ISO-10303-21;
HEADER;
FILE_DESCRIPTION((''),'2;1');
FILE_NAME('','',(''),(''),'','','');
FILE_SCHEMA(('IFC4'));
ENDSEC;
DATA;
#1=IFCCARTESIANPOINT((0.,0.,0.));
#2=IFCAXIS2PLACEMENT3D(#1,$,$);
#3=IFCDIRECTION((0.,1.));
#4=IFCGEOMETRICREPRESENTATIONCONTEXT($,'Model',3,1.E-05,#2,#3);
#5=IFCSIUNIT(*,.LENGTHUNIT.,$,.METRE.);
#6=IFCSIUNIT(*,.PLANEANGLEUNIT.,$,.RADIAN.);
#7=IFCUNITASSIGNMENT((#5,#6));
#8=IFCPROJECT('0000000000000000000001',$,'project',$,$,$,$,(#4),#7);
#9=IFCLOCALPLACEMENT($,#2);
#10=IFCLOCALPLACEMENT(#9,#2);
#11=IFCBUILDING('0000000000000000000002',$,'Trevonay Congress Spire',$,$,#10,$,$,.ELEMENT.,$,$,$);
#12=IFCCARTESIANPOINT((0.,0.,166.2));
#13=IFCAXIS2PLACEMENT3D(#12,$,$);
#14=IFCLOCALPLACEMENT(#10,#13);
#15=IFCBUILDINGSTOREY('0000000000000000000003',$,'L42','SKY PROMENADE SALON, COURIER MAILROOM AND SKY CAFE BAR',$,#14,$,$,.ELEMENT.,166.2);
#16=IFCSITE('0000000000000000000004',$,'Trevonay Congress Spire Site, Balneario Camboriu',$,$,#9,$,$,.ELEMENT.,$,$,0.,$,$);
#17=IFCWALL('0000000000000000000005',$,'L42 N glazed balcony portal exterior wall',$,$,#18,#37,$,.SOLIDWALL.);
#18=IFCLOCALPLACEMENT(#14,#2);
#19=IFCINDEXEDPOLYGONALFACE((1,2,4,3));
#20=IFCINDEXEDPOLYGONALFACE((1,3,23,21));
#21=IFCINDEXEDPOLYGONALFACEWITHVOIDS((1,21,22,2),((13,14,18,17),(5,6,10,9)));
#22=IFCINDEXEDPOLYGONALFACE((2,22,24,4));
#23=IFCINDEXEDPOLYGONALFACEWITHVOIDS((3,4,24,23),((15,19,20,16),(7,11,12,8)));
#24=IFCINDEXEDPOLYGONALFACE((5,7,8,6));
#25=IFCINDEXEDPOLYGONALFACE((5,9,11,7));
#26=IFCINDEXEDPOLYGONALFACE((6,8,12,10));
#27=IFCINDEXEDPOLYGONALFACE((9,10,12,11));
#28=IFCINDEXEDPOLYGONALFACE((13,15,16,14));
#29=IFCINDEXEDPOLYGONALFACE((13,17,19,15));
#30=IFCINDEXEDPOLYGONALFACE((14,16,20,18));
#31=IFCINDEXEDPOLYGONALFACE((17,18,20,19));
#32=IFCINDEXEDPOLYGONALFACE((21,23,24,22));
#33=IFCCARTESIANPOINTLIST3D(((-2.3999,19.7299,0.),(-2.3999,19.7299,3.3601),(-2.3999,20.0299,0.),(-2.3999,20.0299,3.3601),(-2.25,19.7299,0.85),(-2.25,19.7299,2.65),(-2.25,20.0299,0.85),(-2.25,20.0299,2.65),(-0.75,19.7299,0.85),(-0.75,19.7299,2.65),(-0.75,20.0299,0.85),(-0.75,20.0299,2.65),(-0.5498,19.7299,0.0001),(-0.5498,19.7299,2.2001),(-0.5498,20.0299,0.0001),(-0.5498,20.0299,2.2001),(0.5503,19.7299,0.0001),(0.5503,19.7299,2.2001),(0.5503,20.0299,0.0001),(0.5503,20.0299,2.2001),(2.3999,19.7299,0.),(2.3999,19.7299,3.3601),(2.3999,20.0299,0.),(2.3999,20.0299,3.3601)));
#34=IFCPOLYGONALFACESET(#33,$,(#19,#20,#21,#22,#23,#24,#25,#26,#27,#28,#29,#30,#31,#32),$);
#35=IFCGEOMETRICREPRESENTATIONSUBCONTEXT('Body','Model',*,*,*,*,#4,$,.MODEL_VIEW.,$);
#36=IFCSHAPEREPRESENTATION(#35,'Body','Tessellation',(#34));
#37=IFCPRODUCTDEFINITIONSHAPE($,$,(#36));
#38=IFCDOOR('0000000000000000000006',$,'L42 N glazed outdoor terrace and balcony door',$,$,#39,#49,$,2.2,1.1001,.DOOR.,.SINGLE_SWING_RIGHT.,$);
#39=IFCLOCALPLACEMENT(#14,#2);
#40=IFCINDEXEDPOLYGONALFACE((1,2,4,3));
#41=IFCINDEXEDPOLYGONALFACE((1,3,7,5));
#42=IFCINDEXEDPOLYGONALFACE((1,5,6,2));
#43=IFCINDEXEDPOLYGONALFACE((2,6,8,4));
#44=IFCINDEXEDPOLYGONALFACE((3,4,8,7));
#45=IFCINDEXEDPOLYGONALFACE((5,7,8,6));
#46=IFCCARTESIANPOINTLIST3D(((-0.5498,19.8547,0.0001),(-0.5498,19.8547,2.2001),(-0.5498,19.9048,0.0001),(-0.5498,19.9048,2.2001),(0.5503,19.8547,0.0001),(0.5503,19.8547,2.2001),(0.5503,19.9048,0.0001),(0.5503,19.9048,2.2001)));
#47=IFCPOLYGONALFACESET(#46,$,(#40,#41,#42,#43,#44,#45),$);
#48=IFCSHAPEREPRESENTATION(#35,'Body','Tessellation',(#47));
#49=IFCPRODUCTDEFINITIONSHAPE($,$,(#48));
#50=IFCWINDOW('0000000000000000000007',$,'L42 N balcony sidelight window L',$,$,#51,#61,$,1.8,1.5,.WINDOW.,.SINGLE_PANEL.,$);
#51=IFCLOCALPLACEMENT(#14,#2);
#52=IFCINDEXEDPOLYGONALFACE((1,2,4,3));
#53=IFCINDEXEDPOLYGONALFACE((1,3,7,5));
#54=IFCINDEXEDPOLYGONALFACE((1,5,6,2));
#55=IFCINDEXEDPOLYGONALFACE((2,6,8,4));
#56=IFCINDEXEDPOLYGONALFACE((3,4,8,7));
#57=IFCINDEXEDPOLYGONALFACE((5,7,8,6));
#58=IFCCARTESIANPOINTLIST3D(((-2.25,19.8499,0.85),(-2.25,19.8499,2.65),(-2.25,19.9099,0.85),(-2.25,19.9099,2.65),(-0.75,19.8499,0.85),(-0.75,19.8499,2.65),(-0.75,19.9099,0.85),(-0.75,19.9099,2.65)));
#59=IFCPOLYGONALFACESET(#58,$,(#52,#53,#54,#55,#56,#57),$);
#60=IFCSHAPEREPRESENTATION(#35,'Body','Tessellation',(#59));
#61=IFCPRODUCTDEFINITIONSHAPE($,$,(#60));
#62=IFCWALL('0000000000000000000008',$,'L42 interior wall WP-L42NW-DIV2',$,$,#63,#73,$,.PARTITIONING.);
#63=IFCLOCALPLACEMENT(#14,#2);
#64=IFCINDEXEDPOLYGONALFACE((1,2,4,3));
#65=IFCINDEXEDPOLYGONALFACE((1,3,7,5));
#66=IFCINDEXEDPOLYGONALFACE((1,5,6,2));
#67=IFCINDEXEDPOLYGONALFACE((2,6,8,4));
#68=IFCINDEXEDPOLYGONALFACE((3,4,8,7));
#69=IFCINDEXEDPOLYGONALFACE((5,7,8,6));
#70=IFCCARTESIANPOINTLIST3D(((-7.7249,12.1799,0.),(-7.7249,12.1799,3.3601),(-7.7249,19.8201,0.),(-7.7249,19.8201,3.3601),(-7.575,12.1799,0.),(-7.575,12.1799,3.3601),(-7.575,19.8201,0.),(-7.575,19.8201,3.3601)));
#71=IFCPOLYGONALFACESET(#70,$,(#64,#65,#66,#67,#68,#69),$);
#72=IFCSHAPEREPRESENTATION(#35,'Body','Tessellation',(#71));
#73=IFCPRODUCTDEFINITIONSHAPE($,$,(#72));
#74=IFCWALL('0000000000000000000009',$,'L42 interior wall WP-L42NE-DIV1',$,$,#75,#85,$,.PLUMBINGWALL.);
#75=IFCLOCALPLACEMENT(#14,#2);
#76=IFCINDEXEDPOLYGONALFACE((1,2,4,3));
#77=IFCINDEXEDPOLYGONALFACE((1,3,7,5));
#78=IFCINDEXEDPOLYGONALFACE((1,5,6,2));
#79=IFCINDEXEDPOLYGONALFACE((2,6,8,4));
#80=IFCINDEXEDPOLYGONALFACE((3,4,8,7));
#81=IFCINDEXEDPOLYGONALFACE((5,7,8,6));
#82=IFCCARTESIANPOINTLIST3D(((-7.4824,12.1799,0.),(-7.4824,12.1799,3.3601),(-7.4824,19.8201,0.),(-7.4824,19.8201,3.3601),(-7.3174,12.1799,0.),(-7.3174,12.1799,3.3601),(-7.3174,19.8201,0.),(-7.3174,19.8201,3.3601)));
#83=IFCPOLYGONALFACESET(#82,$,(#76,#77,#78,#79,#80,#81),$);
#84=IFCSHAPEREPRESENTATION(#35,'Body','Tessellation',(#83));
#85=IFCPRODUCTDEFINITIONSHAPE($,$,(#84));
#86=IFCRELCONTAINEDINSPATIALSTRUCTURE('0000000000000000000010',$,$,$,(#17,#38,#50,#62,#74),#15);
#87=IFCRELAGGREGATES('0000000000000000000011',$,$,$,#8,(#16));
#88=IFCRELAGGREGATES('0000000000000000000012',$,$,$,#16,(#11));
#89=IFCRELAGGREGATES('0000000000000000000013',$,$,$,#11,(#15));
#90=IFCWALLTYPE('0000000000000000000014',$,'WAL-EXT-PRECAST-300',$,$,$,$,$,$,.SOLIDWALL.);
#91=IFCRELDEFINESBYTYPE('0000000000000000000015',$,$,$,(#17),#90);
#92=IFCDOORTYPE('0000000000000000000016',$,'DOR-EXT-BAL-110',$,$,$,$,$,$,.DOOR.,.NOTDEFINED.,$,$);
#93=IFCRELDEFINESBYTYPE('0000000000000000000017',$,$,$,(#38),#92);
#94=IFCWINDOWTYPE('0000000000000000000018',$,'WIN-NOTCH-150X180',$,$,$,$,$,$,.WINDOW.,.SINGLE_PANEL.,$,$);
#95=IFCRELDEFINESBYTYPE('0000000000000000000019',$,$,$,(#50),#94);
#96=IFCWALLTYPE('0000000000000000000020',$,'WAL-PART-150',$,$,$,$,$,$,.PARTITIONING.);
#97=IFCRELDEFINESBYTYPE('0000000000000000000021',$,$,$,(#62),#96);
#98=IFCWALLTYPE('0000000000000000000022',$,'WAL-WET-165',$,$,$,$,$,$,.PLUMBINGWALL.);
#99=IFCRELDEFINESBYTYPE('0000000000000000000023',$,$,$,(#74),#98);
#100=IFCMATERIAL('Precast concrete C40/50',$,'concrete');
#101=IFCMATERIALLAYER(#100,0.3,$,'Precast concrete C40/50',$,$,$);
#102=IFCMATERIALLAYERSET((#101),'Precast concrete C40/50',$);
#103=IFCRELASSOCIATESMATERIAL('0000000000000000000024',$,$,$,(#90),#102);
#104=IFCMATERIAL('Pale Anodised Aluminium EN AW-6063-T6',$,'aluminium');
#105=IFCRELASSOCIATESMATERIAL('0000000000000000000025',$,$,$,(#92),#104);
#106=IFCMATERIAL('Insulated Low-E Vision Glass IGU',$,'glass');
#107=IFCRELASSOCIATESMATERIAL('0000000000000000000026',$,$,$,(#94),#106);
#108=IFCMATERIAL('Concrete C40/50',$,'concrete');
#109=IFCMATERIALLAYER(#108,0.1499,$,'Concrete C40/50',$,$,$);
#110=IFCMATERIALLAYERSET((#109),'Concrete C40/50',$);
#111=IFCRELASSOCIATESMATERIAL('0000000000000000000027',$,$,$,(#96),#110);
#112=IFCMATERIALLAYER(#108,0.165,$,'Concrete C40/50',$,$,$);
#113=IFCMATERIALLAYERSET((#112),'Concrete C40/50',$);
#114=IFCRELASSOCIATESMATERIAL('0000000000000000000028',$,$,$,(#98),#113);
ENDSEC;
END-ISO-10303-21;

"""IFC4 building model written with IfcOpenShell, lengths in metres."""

from ifc_helpers import new_model, si_unit, direction, frame, frame_2d, origin, place, context, subcontext, project, spatial, rectangle, extrude, material, layer, layer_set, type_object, element, fill, save


model = new_model("IFC4")

# Units and contexts
model_context = context("Model", 3, precision=1e-05, world=origin(), true_north=direction((0.0, 1.0)))
body_context = subcontext(model_context, "Body", "Model", "MODEL_VIEW")
ifc_project = project(units=[si_unit("LENGTHUNIT", "METRE"), si_unit("PLANEANGLEUNIT", "RADIAN")], contexts=[model_context])

# Site, building, storey
site_placement = place(None, origin())
site = spatial("IfcSite", under=ifc_project, at=site_placement, Name="Trevonay Congress Spire Site, Balneario Camboriu", CompositionType="ELEMENT", RefElevation=0.0)
building_placement = place(site_placement, origin())
building = spatial("IfcBuilding", under=site, at=building_placement, Name="Trevonay Congress Spire", CompositionType="ELEMENT")
storey_placement = place(building_placement, frame((0.0, 0.0, 166.2)))
storey = spatial("IfcBuildingStorey", under=building, at=storey_placement, Name="L42", Description="SKY PROMENADE SALON, COURIER MAILROOM AND SKY CAFE BAR", CompositionType="ELEMENT", Elevation=166.2)

# Shared definitions
ifc_material_1 = material(Name="Pale Anodised Aluminium EN AW-6063-T6", Category="aluminium")
ifc_material_2 = material(Name="Insulated Low-E Vision Glass IGU", Category="glass")

# Shared definitions
ifc_material_3 = material(Name="Concrete C40/50", Category="concrete")

# Wall, openings, door, window
ifc_material_4 = material(Name="Precast concrete C40/50", Category="concrete")
ifc_layer_1 = layer(ifc_material_4, 0.3, Name="Precast concrete C40/50")
ifc_layer_set_1 = layer_set([ifc_layer_1], Name="Precast concrete C40/50")
wall_type_1 = type_object("IfcWallType", Name="WAL-EXT-PRECAST-300", PredefinedType="SOLIDWALL", material=ifc_layer_set_1)
wall_1_placement = place(storey_placement, frame((-2.3999, 19.8799, 0.0), z_axis=(0.0, 0.0, 1.0), x_axis=(1.0, 0.0, 0.0)))
wall_1 = element("IfcWall", 1, at=wall_1_placement, inside=storey, type_object=wall_type_1, Name="L42 N glazed balcony portal exterior wall", PredefinedType="SOLIDWALL", context=body_context, shape_type="SweptSolid", body=[
    extrude(rectangle(XDim=4.7998, YDim=0.3, at=frame_2d((2.3999, 0.0))), origin(), (0.0, 0.0, 1.0), 3.3601),
])
opening_1_placement = place(wall_1_placement, frame((1.8501, 0.0, 0.0)))
opening_1 = element("IfcOpeningElement", 2, at=opening_1_placement, cuts=wall_1, PredefinedType="OPENING", context=body_context, shape_type="SweptSolid", body=[
    extrude(rectangle(XDim=1.1001, YDim=2.2, at=frame_2d((0.55, 1.1001))), frame((0.0, 0.1602, 0.0), z_axis=(0.0, -1.0, 0.0), x_axis=(1.0, 0.0, 0.0)), (0.0, 0.0, 1.0), 0.3201),
])
opening_2_placement = place(wall_1_placement, frame((0.1499, 0.0, 0.8501)))
opening_2 = element("IfcOpeningElement", 3, at=opening_2_placement, cuts=wall_1, PredefinedType="OPENING", context=body_context, shape_type="SweptSolid", body=[
    extrude(rectangle(XDim=1.5, YDim=1.8, at=frame_2d((0.75, 0.8999))), frame((0.0, 0.1602, 0.0), z_axis=(0.0, -1.0, 0.0), x_axis=(1.0, 0.0, 0.0)), (0.0, 0.0, 1.0), 0.3201),
])
door_type_1 = type_object("IfcDoorType", Name="DOR-EXT-BAL-110", OperationType="NOTDEFINED", PredefinedType="DOOR", material=ifc_material_1)
door_1_placement = place(opening_1_placement, origin())
door_1 = element("IfcDoor", 4, at=door_1_placement, inside=storey, type_object=door_type_1, Name="L42 N glazed outdoor terrace and balcony door", OperationType="SINGLE_SWING_RIGHT", OverallHeight=2.2, OverallWidth=1.1001, PredefinedType="DOOR", context=body_context, shape_type="SweptSolid", body=[
    extrude(rectangle(XDim=1.1001, YDim=2.2, at=frame_2d((0.55, 1.1001))), frame((0.0, 0.0249, 0.0), z_axis=(0.0, -1.0, 0.0), x_axis=(1.0, 0.0, 0.0)), (0.0, 0.0, 1.0), 0.05),
])
fill(opening_1, door_1)
window_type = type_object("IfcWindowType", Name="WIN-NOTCH-150X180", PartitioningType="SINGLE_PANEL", PredefinedType="WINDOW", material=ifc_material_2)
window_placement = place(opening_2_placement, origin())
window = element("IfcWindow", 5, at=window_placement, inside=storey, type_object=window_type, Name="L42 N balcony sidelight window L", OverallHeight=1.8, OverallWidth=1.5, PartitioningType="SINGLE_PANEL", PredefinedType="WINDOW", context=body_context, shape_type="SweptSolid", body=[
    extrude(rectangle(XDim=1.5, YDim=1.8, at=frame_2d((0.75, 0.8999))), frame((0.0, 0.03, 0.0), z_axis=(0.0, -1.0, 0.0), x_axis=(1.0, 0.0, 0.0)), (0.0, 0.0, 1.0), 0.0601),
])
fill(opening_2, window)

# Walls
ifc_layer_2 = layer(ifc_material_3, 0.1499, Name="Concrete C40/50")
ifc_layer_set_2 = layer_set([ifc_layer_2], Name="Concrete C40/50")
wall_type_2 = type_object("IfcWallType", Name="WAL-PART-150", PredefinedType="PARTITIONING", material=ifc_layer_set_2)
wall_2_placement = place(storey_placement, frame((-7.6499, 12.1799, 0.0), z_axis=(0.0, 0.0, 1.0), x_axis=(0.0, 1.0, 0.0)))
element("IfcWall", 6, at=wall_2_placement, inside=storey, type_object=wall_type_2, Name="L42 interior wall WP-L42NW-DIV2", PredefinedType="PARTITIONING", context=body_context, shape_type="SweptSolid", body=[
    extrude(rectangle(XDim=7.6401, YDim=0.1499, at=frame_2d((3.8201, 0.0))), origin(), (0.0, 0.0, 1.0), 3.3601),
])
ifc_layer_3 = layer(ifc_material_3, 0.165, Name="Concrete C40/50")
ifc_layer_set_3 = layer_set([ifc_layer_3], Name="Concrete C40/50")
wall_type_3 = type_object("IfcWallType", Name="WAL-WET-165", PredefinedType="PLUMBINGWALL", material=ifc_layer_set_3)
wall_3_placement = place(storey_placement, frame((-7.3999, 12.1799, 0.0), z_axis=(0.0, 0.0, 1.0), x_axis=(0.0, 1.0, 0.0)))
element("IfcWall", 7, at=wall_3_placement, inside=storey, type_object=wall_type_3, Name="L42 interior wall WP-L42NE-DIV1", PredefinedType="PLUMBINGWALL", context=body_context, shape_type="SweptSolid", body=[
    extrude(rectangle(XDim=7.6401, YDim=0.165, at=frame_2d((3.8201, 0.0))), origin(), (0.0, 0.0, 1.0), 3.3601),
])

save(model, "model.ifc")
